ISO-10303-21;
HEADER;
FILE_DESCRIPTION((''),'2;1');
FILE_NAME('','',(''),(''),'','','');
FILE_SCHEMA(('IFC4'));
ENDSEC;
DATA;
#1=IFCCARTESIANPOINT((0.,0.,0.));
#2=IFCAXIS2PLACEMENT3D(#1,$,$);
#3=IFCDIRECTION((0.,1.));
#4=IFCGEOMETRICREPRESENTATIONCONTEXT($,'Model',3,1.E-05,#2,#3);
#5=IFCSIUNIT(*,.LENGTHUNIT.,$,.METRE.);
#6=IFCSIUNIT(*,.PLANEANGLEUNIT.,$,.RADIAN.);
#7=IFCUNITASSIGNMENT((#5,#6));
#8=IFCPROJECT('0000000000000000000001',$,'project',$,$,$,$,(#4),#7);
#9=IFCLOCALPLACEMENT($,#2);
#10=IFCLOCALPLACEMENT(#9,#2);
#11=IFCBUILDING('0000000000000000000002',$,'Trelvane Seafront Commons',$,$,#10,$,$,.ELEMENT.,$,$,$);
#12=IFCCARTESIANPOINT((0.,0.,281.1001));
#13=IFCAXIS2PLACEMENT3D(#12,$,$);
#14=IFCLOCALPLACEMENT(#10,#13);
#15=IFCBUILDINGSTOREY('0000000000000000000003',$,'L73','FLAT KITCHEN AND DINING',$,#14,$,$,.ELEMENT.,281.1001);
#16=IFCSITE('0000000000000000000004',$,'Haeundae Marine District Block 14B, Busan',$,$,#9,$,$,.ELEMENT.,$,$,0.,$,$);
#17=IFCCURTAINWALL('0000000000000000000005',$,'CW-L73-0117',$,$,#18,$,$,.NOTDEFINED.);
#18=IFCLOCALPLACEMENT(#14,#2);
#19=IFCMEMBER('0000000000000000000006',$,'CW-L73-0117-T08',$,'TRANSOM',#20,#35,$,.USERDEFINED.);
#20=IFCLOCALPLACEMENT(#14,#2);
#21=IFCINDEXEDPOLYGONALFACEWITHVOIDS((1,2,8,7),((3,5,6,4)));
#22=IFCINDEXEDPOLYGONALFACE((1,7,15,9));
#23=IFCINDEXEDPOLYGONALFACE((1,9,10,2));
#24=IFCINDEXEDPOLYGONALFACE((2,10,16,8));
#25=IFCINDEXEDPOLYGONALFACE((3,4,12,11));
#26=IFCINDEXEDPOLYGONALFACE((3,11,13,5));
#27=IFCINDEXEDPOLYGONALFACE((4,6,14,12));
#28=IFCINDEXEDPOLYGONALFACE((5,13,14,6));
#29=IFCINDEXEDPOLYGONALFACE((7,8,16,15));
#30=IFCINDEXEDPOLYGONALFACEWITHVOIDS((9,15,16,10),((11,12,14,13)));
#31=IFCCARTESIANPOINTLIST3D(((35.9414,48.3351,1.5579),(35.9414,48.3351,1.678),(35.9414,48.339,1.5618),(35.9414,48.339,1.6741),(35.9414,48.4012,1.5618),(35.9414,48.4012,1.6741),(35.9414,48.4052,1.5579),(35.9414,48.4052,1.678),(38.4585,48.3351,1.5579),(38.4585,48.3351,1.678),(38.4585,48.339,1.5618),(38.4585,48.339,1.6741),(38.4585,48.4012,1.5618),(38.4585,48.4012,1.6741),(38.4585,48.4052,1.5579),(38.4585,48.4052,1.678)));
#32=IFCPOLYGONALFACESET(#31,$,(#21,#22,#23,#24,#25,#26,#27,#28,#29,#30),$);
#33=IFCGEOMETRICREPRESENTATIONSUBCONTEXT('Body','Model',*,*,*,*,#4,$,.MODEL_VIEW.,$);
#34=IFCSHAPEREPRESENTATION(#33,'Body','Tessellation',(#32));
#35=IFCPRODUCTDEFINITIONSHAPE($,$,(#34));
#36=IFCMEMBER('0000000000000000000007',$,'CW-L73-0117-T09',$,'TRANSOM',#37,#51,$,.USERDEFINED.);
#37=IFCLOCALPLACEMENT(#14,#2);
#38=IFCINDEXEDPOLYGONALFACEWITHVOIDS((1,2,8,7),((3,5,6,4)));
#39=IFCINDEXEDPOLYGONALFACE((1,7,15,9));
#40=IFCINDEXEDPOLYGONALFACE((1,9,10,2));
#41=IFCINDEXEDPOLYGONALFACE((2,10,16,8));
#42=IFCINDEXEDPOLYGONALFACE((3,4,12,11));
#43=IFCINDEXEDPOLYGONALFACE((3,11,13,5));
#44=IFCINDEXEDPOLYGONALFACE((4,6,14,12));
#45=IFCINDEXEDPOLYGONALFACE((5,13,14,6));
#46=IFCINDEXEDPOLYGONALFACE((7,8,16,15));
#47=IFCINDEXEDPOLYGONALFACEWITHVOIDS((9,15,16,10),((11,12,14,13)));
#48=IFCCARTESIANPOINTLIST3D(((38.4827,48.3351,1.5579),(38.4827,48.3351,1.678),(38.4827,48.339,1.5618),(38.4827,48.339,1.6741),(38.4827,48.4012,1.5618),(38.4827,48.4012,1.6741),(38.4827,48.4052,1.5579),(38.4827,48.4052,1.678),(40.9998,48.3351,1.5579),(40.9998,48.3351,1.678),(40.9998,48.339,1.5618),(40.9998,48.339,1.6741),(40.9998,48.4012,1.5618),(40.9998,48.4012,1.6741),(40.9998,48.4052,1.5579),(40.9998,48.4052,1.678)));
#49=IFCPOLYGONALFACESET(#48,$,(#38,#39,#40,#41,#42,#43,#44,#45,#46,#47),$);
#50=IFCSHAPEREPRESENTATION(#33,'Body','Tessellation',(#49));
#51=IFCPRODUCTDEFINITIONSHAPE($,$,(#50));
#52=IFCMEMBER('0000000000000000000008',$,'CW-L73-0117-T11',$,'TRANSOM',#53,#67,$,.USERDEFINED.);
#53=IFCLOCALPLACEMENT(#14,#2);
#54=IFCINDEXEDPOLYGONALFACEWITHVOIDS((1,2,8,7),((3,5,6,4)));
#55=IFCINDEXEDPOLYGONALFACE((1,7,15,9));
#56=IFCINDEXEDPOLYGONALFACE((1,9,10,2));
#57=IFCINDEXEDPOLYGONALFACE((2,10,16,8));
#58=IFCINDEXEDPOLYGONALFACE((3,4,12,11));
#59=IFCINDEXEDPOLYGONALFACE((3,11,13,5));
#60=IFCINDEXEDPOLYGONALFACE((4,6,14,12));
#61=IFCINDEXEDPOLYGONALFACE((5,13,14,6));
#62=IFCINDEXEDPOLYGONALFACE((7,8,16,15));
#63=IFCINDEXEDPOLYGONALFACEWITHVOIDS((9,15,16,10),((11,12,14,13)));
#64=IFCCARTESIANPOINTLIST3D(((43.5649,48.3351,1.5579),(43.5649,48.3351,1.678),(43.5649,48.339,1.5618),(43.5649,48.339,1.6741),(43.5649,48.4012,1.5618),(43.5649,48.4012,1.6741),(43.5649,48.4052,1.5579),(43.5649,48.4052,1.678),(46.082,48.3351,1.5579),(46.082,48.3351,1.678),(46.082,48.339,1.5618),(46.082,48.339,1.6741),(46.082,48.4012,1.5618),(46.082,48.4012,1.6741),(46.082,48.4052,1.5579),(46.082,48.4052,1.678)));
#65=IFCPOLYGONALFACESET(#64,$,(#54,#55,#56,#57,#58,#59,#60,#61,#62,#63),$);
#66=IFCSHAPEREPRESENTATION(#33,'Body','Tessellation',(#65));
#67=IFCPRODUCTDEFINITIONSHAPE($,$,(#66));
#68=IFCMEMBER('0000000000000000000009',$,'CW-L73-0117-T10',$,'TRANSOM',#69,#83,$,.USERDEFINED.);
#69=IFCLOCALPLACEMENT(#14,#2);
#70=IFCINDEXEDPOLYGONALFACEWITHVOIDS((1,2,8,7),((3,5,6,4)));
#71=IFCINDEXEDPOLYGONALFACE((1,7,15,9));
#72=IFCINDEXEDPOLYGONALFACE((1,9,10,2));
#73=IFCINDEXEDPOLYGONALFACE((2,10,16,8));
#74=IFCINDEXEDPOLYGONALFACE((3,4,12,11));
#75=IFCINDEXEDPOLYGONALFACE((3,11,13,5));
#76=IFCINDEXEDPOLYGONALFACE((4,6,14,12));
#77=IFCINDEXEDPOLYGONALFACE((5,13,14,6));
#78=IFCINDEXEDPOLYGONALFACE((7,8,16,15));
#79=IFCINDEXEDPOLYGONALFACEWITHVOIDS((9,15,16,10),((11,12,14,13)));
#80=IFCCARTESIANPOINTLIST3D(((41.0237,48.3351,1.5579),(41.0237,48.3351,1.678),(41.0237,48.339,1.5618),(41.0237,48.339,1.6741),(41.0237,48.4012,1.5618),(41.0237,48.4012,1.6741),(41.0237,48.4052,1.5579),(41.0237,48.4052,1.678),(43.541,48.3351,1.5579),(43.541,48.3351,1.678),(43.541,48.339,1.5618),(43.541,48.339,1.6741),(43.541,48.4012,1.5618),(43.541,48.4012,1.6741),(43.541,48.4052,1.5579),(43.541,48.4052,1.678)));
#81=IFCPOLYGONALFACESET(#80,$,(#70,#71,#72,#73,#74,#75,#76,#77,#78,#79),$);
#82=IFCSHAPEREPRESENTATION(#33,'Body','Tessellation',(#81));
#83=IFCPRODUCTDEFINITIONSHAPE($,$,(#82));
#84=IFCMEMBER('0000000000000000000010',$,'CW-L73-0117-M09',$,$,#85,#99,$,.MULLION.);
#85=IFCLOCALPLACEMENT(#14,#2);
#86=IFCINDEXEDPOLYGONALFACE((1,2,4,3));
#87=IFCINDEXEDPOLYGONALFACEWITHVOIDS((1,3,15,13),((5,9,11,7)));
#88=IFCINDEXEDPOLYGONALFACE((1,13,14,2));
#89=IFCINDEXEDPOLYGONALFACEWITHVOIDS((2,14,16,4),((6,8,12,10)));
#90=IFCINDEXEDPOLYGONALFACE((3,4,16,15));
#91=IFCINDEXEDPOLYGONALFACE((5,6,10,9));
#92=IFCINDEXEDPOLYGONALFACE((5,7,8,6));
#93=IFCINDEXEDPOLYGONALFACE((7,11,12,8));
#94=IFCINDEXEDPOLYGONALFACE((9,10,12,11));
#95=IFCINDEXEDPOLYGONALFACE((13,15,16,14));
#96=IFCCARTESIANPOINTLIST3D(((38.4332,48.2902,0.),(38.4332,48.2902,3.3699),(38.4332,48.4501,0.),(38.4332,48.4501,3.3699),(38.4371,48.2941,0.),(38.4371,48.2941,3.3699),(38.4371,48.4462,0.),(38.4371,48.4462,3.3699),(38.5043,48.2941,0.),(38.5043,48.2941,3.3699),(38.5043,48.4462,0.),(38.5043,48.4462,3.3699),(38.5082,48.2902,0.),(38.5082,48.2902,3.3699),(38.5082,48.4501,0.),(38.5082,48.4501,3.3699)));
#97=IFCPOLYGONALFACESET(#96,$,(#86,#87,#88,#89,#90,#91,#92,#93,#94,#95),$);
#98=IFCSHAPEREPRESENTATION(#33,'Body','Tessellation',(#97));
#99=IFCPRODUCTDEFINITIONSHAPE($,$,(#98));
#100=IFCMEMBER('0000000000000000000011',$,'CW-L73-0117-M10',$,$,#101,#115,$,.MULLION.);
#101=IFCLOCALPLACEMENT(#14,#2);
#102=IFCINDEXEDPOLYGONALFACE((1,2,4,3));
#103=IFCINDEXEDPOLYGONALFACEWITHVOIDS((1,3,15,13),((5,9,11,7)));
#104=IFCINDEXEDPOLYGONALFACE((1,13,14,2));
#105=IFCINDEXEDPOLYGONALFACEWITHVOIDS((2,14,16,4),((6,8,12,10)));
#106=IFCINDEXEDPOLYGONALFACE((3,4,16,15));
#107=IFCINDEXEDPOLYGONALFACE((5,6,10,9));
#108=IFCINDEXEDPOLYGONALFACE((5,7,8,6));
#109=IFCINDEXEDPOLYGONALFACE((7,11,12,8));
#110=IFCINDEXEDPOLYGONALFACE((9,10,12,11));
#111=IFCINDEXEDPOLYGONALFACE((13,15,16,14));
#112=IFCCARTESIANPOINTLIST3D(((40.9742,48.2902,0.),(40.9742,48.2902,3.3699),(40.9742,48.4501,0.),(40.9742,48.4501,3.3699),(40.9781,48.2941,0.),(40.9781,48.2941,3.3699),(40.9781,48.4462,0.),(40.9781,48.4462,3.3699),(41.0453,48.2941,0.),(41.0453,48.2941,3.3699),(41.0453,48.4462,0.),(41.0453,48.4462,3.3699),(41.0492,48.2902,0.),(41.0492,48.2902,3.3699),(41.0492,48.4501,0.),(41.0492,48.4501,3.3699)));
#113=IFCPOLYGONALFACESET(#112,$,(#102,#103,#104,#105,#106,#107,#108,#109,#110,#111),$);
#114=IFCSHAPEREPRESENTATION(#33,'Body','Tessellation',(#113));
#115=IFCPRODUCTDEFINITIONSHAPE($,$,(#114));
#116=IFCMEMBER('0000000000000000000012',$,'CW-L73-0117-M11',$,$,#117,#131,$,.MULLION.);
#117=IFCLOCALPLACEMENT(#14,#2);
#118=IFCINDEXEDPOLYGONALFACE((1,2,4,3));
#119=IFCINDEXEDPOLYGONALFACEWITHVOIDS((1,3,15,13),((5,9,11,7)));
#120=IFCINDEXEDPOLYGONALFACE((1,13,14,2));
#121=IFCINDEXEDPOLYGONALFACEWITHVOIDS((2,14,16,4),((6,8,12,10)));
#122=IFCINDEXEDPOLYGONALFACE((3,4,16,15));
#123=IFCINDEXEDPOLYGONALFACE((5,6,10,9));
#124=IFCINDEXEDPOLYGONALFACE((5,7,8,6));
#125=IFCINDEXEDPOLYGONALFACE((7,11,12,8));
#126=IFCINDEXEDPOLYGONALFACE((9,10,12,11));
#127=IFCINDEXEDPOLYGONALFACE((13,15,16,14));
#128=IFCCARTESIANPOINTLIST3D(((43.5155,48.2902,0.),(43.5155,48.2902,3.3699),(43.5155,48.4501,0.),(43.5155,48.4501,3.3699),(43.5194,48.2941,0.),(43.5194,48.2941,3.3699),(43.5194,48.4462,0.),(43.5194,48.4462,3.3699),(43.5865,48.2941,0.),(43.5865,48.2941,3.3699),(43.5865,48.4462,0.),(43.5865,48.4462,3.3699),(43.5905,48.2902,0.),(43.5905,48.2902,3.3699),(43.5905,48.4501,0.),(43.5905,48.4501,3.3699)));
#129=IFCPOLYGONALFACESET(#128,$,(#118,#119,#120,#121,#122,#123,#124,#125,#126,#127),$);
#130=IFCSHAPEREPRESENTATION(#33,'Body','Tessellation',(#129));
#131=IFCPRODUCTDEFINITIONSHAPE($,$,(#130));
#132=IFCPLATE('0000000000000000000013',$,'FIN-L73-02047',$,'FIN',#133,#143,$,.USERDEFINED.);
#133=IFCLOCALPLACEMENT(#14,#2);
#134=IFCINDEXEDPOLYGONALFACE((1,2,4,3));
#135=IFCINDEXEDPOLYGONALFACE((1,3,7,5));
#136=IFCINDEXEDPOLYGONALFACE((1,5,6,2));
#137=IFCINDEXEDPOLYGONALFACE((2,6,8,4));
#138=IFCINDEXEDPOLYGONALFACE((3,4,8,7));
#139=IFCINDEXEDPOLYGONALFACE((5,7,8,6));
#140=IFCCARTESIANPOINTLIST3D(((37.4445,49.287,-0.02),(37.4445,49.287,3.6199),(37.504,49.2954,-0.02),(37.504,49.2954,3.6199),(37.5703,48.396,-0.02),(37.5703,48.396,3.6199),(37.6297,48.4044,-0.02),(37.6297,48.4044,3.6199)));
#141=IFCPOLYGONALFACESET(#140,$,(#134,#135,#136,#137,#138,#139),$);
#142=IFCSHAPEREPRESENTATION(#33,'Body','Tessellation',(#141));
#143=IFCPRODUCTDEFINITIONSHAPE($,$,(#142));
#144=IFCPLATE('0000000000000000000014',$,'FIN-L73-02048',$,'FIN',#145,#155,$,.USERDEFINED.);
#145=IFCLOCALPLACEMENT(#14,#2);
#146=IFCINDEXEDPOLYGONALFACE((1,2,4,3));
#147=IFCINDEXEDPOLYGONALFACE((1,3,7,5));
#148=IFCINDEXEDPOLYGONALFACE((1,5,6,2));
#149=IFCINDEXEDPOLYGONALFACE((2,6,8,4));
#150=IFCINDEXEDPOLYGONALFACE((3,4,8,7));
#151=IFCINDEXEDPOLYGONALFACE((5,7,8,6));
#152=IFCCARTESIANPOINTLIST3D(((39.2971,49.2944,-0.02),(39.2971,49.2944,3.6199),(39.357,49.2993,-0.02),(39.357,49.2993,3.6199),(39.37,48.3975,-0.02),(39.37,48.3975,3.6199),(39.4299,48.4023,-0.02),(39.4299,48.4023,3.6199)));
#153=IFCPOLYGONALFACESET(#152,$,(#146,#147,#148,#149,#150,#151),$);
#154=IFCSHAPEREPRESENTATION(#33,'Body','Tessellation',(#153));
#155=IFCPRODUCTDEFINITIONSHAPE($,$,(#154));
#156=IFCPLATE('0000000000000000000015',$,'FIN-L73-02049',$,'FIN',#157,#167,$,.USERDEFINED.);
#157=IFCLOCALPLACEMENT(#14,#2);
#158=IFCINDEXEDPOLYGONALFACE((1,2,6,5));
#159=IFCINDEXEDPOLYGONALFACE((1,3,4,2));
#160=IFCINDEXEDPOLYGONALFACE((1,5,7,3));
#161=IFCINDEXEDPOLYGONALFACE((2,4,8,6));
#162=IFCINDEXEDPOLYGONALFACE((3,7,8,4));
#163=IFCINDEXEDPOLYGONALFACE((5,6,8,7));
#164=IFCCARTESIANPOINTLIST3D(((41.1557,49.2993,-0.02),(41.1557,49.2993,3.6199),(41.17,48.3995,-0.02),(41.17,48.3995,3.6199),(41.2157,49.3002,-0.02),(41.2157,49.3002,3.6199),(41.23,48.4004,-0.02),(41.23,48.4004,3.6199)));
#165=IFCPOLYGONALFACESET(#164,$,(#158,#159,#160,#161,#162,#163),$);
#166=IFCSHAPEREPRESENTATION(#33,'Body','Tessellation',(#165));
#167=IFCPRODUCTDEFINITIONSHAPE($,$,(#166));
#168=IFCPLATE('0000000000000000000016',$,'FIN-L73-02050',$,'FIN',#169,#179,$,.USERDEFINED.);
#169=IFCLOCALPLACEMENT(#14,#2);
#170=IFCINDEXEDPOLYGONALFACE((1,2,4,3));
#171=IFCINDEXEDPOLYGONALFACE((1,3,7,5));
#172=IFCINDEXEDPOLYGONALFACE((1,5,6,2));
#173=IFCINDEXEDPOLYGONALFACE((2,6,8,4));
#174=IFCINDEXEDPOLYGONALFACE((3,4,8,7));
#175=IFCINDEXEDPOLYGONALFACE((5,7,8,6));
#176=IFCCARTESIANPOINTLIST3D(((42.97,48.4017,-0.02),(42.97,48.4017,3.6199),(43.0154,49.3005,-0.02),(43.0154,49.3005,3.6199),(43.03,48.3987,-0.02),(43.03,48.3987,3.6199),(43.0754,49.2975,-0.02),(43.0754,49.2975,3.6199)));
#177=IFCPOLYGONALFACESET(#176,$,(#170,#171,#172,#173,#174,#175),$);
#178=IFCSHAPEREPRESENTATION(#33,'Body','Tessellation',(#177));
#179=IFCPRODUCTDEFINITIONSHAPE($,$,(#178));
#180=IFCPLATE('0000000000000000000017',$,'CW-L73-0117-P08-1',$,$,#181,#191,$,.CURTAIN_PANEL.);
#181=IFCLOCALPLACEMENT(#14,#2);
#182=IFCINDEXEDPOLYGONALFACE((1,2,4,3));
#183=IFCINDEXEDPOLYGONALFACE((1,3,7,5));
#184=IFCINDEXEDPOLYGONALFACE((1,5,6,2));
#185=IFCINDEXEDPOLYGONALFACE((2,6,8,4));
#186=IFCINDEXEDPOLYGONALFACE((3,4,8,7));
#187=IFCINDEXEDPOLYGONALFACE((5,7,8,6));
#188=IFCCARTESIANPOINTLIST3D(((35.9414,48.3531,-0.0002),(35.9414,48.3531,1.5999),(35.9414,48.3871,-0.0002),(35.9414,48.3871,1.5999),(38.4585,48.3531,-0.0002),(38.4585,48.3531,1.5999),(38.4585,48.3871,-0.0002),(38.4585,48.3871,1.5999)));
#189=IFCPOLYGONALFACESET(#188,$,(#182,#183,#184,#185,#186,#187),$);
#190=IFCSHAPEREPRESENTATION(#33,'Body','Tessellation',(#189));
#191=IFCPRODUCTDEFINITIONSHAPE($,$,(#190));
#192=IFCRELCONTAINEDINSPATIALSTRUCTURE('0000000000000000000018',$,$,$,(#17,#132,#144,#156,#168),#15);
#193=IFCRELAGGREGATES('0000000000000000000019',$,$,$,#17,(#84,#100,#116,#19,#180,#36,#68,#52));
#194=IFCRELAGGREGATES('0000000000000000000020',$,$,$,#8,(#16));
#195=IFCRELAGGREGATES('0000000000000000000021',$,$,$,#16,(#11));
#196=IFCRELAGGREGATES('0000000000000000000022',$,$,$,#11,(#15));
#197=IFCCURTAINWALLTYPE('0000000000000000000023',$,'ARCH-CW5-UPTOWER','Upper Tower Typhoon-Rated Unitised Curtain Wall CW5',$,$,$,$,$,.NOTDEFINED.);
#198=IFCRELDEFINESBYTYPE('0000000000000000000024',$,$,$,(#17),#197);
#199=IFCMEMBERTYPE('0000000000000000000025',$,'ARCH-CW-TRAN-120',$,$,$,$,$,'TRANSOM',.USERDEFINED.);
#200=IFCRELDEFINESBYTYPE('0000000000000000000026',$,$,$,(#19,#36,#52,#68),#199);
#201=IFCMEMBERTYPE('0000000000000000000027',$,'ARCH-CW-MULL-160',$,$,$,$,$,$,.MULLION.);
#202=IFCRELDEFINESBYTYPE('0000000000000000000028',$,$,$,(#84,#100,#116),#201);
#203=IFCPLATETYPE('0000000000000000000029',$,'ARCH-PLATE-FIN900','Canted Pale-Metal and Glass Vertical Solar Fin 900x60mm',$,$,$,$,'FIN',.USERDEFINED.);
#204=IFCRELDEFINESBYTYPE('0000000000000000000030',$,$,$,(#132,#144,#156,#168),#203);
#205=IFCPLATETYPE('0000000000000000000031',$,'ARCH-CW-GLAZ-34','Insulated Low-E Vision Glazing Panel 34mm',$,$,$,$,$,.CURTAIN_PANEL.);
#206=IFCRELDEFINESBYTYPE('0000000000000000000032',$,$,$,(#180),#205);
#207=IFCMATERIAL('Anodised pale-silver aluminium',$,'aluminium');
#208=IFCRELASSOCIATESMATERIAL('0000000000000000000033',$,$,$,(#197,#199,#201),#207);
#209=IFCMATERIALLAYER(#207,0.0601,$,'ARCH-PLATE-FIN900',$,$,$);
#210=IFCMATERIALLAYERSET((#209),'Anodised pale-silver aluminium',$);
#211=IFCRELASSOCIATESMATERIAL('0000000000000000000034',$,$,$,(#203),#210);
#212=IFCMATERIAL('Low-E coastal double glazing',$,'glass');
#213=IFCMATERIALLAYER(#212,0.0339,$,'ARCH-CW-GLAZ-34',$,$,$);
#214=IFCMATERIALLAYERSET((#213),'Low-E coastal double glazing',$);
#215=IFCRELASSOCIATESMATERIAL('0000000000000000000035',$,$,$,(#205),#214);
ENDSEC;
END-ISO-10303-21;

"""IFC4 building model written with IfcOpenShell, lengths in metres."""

from ifc_helpers import new_model, si_unit, direction, frame, origin, origin_2d, place, context, subcontext, project, spatial, rectangle, hollow_rectangle, extrude, source, transform, mapped, material, layer, layer_set, material_profile, profile_set, type_object, element, aggregate, save


model = new_model("IFC4")

# Units and contexts
model_context = context("Model", 3, precision=1e-05, world=origin(), true_north=direction((0.0, 1.0)))
body_context = subcontext(model_context, "Body", "Model", "MODEL_VIEW")
ifc_project = project(units=[si_unit("LENGTHUNIT", "METRE"), si_unit("PLANEANGLEUNIT", "RADIAN")], contexts=[model_context])

# Site, building, storey
site_placement = place(None, origin())
site = spatial("IfcSite", under=ifc_project, at=site_placement, Name="Haeundae Marine District Block 14B, Busan", CompositionType="ELEMENT", RefElevation=0.0)
building_placement = place(site_placement, origin())
building = spatial("IfcBuilding", under=site, at=building_placement, Name="Trelvane Seafront Commons", CompositionType="ELEMENT")
storey_placement = place(building_placement, frame((0.0, 0.0, 281.1001)))
storey = spatial("IfcBuildingStorey", under=building, at=storey_placement, Name="L73", Description="FLAT KITCHEN AND DINING", CompositionType="ELEMENT", Elevation=281.1001)

# Curtain wall, members
ifc_material_1 = material(Name="Anodised pale-silver aluminium", Category="aluminium")
curtain_wall_type = type_object("IfcCurtainWallType", Name="ARCH-CW5-UPTOWER", Description="Upper Tower Typhoon-Rated Unitised Curtain Wall CW5", PredefinedType="NOTDEFINED", material=ifc_material_1)
curtain_wall_placement = place(storey_placement, origin())
curtain_wall = element("IfcCurtainWall", 1, at=curtain_wall_placement, inside=storey, type_object=curtain_wall_type, Name="CW-L73-0117", PredefinedType="NOTDEFINED")
ifc_material_profile_1 = material_profile(ifc_material_1, hollow_rectangle(XDim=0.0701, YDim=0.1201, WallThickness=0.0039, at=origin_2d()), Name="TRAN-70x120x4")
ifc_profile_set_1 = profile_set([ifc_material_profile_1], Name="Anodised pale-silver aluminium")
member_type_1 = type_object("IfcMemberType", Name="ARCH-CW-TRAN-120", ElementType="TRANSOM", PredefinedType="USERDEFINED", material=ifc_profile_set_1)
shared_shape_1 = source(origin(), body_context, "Body", "SweptSolid", [
    extrude(hollow_rectangle(XDim=0.0701, YDim=0.1201, WallThickness=0.0039, at=origin_2d()), origin(), (0.0, 0.0, 1.0), 2.5171),
])
member_1_placement = place(storey_placement, frame((35.9414, 48.3701, 1.6179), z_axis=(1.0, 0.0, 0.0), x_axis=(0.0, 1.0, 0.0)))
member_1 = element("IfcMember", 2, at=member_1_placement, type_object=member_type_1, Name="CW-L73-0117-T08", ObjectType="TRANSOM", PredefinedType="USERDEFINED", context=body_context, shape_type="MappedRepresentation", body=[
    mapped(shared_shape_1, transform((0.0, 0.0, 0.0), x_axis=(1.0, 0.0, 0.0), y_axis=(0.0, 1.0, 0.0), z_axis=(0.0, 0.0, 1.0), scale=1.0)),
])
member_2_placement = place(storey_placement, frame((38.4827, 48.3701, 1.6179), z_axis=(1.0, 0.0, 0.0), x_axis=(0.0, 1.0, 0.0)))
member_2 = element("IfcMember", 3, at=member_2_placement, type_object=member_type_1, Name="CW-L73-0117-T09", ObjectType="TRANSOM", PredefinedType="USERDEFINED", context=body_context, shape_type="MappedRepresentation", body=[
    mapped(shared_shape_1, transform((0.0, 0.0, 0.0), x_axis=(1.0, 0.0, 0.0), y_axis=(0.0, 1.0, 0.0), z_axis=(0.0, 0.0, 1.0), scale=1.0)),
])
member_3_placement = place(storey_placement, frame((43.5649, 48.3701, 1.6179), z_axis=(1.0, 0.0, 0.0), x_axis=(0.0, 1.0, 0.0)))
member_3 = element("IfcMember", 4, at=member_3_placement, type_object=member_type_1, Name="CW-L73-0117-T11", ObjectType="TRANSOM", PredefinedType="USERDEFINED", context=body_context, shape_type="MappedRepresentation", body=[
    mapped(shared_shape_1, transform((0.0, 0.0, 0.0), x_axis=(1.0, 0.0, 0.0), y_axis=(0.0, 1.0, 0.0), z_axis=(0.0, 0.0, 1.0), scale=1.0)),
])
shared_shape_2 = source(origin(), body_context, "Body", "SweptSolid", [
    extrude(hollow_rectangle(XDim=0.0701, YDim=0.1201, WallThickness=0.0039, at=origin_2d()), origin(), (0.0, 0.0, 1.0), 2.5173),
])
member_4_placement = place(storey_placement, frame((41.0237, 48.3701, 1.6179), z_axis=(1.0, 0.0, 0.0), x_axis=(0.0, 1.0, 0.0)))
member_4 = element("IfcMember", 5, at=member_4_placement, type_object=member_type_1, Name="CW-L73-0117-T10", ObjectType="TRANSOM", PredefinedType="USERDEFINED", context=body_context, shape_type="MappedRepresentation", body=[
    mapped(shared_shape_2, transform((0.0, 0.0, 0.0), x_axis=(1.0, 0.0, 0.0), y_axis=(0.0, 1.0, 0.0), z_axis=(0.0, 0.0, 1.0), scale=1.0)),
])
ifc_material_profile_2 = material_profile(ifc_material_1, hollow_rectangle(XDim=0.075, YDim=0.1599, WallThickness=0.0039, at=origin_2d()), Name="MULL-75x160x4")
ifc_profile_set_2 = profile_set([ifc_material_profile_2], Name="Anodised pale-silver aluminium")
member_type_2 = type_object("IfcMemberType", Name="ARCH-CW-MULL-160", PredefinedType="MULLION", material=ifc_profile_set_2)
shared_shape_3 = source(origin(), body_context, "Body", "SweptSolid", [
    extrude(hollow_rectangle(XDim=0.075, YDim=0.1599, WallThickness=0.0039, at=origin_2d()), origin(), (0.0, 0.0, 1.0), 3.3699),
])
member_5_placement = place(storey_placement, frame((38.4707, 48.3701, 0.0), z_axis=(0.0, 0.0, 1.0), x_axis=(1.0, 0.0, 0.0)))
member_5 = element("IfcMember", 6, at=member_5_placement, type_object=member_type_2, Name="CW-L73-0117-M09", PredefinedType="MULLION", context=body_context, shape_type="MappedRepresentation", body=[
    mapped(shared_shape_3, transform((0.0, 0.0, 0.0), x_axis=(1.0, 0.0, 0.0), y_axis=(0.0, 1.0, 0.0), z_axis=(0.0, 0.0, 1.0), scale=1.0)),
])
member_6_placement = place(storey_placement, frame((41.0117, 48.3701, 0.0), z_axis=(0.0, 0.0, 1.0), x_axis=(1.0, 0.0, 0.0)))
member_6 = element("IfcMember", 7, at=member_6_placement, type_object=member_type_2, Name="CW-L73-0117-M10", PredefinedType="MULLION", context=body_context, shape_type="MappedRepresentation", body=[
    mapped(shared_shape_3, transform((0.0, 0.0, 0.0), x_axis=(1.0, 0.0, 0.0), y_axis=(0.0, 1.0, 0.0), z_axis=(0.0, 0.0, 1.0), scale=1.0)),
])
member_7_placement = place(storey_placement, frame((43.553, 48.3701, 0.0), z_axis=(0.0, 0.0, 1.0), x_axis=(1.0, 0.0, 0.0)))
member_7 = element("IfcMember", 8, at=member_7_placement, type_object=member_type_2, Name="CW-L73-0117-M11", PredefinedType="MULLION", context=body_context, shape_type="MappedRepresentation", body=[
    mapped(shared_shape_3, transform((0.0, 0.0, 0.0), x_axis=(1.0, 0.0, 0.0), y_axis=(0.0, 1.0, 0.0), z_axis=(0.0, 0.0, 1.0), scale=1.0)),
])

# Plates
ifc_layer_1 = layer(ifc_material_1, 0.0601, Name="ARCH-PLATE-FIN900")
ifc_layer_set_1 = layer_set([ifc_layer_1], Name="Anodised pale-silver aluminium")
plate_type_1 = type_object("IfcPlateType", Name="ARCH-PLATE-FIN900", Description="Canted Pale-Metal and Glass Vertical Solar Fin 900x60mm", ElementType="FIN", PredefinedType="USERDEFINED", material=ifc_layer_set_1)
shared_shape_4 = source(origin(), body_context, "Body", "SweptSolid", [
    extrude(rectangle(XDim=0.8999, YDim=0.0601, at=origin_2d()), origin(), (0.0, 0.0, 1.0), 3.6399),
])
for number, where, z_axis, x_axis, name in (
    (9, (37.5371, 48.8457, -0.02), (0.0, 0.0, 1.0), (-0.139773, 0.990184, 0.0), "FIN-L73-02047"),
    (10, (39.3635, 48.8484, -0.02), (0.0, 0.0, 1.0), (-0.081004, 0.996714, 0.0), "FIN-L73-02048"),
    (11, (41.1929, 48.8499, -0.02), (0.0, 0.0, 1.0), (-0.015889, 0.999874, 0.0), "FIN-L73-02049"),
    (12, (43.0227, 48.8496, -0.02), (0.0, 0.0, 1.0), (0.050441, 0.998727, 0.0), "FIN-L73-02050"),
):
    element("IfcPlate", number, at=place(storey_placement, frame(where, z_axis=z_axis, x_axis=x_axis)), inside=storey, type_object=plate_type_1, Name=name, ObjectType="FIN", PredefinedType="USERDEFINED", context=body_context, shape_type="MappedRepresentation", body=[
        mapped(shared_shape_4, transform((0.0, 0.0, 0.0), x_axis=(1.0, 0.0, 0.0), y_axis=(0.0, 1.0, 0.0), z_axis=(0.0, 0.0, 1.0), scale=1.0)),
    ])

# Plate
ifc_material_2 = material(Name="Low-E coastal double glazing", Category="glass")
ifc_layer_2 = layer(ifc_material_2, 0.0339, Name="ARCH-CW-GLAZ-34")
ifc_layer_set_2 = layer_set([ifc_layer_2], Name="Low-E coastal double glazing")
plate_type_2 = type_object("IfcPlateType", Name="ARCH-CW-GLAZ-34", Description="Insulated Low-E Vision Glazing Panel 34mm", PredefinedType="CURTAIN_PANEL", material=ifc_layer_set_2)
shared_shape_5 = source(origin(), body_context, "Body", "SweptSolid", [
    extrude(rectangle(XDim=2.5171, YDim=0.0339, at=origin_2d()), origin(), (0.0, 0.0, 1.0), 1.6001),
])
plate_1_placement = place(storey_placement, frame((37.2, 48.3701, -0.0002), z_axis=(0.0, 0.0, 1.0), x_axis=(1.0, 0.0, 0.0)))
plate_1 = element("IfcPlate", 13, at=plate_1_placement, type_object=plate_type_2, Name="CW-L73-0117-P08-1", PredefinedType="CURTAIN_PANEL", context=body_context, shape_type="MappedRepresentation", body=[
    mapped(shared_shape_5, transform((0.0, 0.0, 0.0), x_axis=(1.0, 0.0, 0.0), y_axis=(0.0, 1.0, 0.0), z_axis=(0.0, 0.0, 1.0), scale=1.0)),
])
aggregate(curtain_wall, [member_5, member_6, member_7, member_1, plate_1, member_2, member_4, member_3])

save(model, "model.ifc")
